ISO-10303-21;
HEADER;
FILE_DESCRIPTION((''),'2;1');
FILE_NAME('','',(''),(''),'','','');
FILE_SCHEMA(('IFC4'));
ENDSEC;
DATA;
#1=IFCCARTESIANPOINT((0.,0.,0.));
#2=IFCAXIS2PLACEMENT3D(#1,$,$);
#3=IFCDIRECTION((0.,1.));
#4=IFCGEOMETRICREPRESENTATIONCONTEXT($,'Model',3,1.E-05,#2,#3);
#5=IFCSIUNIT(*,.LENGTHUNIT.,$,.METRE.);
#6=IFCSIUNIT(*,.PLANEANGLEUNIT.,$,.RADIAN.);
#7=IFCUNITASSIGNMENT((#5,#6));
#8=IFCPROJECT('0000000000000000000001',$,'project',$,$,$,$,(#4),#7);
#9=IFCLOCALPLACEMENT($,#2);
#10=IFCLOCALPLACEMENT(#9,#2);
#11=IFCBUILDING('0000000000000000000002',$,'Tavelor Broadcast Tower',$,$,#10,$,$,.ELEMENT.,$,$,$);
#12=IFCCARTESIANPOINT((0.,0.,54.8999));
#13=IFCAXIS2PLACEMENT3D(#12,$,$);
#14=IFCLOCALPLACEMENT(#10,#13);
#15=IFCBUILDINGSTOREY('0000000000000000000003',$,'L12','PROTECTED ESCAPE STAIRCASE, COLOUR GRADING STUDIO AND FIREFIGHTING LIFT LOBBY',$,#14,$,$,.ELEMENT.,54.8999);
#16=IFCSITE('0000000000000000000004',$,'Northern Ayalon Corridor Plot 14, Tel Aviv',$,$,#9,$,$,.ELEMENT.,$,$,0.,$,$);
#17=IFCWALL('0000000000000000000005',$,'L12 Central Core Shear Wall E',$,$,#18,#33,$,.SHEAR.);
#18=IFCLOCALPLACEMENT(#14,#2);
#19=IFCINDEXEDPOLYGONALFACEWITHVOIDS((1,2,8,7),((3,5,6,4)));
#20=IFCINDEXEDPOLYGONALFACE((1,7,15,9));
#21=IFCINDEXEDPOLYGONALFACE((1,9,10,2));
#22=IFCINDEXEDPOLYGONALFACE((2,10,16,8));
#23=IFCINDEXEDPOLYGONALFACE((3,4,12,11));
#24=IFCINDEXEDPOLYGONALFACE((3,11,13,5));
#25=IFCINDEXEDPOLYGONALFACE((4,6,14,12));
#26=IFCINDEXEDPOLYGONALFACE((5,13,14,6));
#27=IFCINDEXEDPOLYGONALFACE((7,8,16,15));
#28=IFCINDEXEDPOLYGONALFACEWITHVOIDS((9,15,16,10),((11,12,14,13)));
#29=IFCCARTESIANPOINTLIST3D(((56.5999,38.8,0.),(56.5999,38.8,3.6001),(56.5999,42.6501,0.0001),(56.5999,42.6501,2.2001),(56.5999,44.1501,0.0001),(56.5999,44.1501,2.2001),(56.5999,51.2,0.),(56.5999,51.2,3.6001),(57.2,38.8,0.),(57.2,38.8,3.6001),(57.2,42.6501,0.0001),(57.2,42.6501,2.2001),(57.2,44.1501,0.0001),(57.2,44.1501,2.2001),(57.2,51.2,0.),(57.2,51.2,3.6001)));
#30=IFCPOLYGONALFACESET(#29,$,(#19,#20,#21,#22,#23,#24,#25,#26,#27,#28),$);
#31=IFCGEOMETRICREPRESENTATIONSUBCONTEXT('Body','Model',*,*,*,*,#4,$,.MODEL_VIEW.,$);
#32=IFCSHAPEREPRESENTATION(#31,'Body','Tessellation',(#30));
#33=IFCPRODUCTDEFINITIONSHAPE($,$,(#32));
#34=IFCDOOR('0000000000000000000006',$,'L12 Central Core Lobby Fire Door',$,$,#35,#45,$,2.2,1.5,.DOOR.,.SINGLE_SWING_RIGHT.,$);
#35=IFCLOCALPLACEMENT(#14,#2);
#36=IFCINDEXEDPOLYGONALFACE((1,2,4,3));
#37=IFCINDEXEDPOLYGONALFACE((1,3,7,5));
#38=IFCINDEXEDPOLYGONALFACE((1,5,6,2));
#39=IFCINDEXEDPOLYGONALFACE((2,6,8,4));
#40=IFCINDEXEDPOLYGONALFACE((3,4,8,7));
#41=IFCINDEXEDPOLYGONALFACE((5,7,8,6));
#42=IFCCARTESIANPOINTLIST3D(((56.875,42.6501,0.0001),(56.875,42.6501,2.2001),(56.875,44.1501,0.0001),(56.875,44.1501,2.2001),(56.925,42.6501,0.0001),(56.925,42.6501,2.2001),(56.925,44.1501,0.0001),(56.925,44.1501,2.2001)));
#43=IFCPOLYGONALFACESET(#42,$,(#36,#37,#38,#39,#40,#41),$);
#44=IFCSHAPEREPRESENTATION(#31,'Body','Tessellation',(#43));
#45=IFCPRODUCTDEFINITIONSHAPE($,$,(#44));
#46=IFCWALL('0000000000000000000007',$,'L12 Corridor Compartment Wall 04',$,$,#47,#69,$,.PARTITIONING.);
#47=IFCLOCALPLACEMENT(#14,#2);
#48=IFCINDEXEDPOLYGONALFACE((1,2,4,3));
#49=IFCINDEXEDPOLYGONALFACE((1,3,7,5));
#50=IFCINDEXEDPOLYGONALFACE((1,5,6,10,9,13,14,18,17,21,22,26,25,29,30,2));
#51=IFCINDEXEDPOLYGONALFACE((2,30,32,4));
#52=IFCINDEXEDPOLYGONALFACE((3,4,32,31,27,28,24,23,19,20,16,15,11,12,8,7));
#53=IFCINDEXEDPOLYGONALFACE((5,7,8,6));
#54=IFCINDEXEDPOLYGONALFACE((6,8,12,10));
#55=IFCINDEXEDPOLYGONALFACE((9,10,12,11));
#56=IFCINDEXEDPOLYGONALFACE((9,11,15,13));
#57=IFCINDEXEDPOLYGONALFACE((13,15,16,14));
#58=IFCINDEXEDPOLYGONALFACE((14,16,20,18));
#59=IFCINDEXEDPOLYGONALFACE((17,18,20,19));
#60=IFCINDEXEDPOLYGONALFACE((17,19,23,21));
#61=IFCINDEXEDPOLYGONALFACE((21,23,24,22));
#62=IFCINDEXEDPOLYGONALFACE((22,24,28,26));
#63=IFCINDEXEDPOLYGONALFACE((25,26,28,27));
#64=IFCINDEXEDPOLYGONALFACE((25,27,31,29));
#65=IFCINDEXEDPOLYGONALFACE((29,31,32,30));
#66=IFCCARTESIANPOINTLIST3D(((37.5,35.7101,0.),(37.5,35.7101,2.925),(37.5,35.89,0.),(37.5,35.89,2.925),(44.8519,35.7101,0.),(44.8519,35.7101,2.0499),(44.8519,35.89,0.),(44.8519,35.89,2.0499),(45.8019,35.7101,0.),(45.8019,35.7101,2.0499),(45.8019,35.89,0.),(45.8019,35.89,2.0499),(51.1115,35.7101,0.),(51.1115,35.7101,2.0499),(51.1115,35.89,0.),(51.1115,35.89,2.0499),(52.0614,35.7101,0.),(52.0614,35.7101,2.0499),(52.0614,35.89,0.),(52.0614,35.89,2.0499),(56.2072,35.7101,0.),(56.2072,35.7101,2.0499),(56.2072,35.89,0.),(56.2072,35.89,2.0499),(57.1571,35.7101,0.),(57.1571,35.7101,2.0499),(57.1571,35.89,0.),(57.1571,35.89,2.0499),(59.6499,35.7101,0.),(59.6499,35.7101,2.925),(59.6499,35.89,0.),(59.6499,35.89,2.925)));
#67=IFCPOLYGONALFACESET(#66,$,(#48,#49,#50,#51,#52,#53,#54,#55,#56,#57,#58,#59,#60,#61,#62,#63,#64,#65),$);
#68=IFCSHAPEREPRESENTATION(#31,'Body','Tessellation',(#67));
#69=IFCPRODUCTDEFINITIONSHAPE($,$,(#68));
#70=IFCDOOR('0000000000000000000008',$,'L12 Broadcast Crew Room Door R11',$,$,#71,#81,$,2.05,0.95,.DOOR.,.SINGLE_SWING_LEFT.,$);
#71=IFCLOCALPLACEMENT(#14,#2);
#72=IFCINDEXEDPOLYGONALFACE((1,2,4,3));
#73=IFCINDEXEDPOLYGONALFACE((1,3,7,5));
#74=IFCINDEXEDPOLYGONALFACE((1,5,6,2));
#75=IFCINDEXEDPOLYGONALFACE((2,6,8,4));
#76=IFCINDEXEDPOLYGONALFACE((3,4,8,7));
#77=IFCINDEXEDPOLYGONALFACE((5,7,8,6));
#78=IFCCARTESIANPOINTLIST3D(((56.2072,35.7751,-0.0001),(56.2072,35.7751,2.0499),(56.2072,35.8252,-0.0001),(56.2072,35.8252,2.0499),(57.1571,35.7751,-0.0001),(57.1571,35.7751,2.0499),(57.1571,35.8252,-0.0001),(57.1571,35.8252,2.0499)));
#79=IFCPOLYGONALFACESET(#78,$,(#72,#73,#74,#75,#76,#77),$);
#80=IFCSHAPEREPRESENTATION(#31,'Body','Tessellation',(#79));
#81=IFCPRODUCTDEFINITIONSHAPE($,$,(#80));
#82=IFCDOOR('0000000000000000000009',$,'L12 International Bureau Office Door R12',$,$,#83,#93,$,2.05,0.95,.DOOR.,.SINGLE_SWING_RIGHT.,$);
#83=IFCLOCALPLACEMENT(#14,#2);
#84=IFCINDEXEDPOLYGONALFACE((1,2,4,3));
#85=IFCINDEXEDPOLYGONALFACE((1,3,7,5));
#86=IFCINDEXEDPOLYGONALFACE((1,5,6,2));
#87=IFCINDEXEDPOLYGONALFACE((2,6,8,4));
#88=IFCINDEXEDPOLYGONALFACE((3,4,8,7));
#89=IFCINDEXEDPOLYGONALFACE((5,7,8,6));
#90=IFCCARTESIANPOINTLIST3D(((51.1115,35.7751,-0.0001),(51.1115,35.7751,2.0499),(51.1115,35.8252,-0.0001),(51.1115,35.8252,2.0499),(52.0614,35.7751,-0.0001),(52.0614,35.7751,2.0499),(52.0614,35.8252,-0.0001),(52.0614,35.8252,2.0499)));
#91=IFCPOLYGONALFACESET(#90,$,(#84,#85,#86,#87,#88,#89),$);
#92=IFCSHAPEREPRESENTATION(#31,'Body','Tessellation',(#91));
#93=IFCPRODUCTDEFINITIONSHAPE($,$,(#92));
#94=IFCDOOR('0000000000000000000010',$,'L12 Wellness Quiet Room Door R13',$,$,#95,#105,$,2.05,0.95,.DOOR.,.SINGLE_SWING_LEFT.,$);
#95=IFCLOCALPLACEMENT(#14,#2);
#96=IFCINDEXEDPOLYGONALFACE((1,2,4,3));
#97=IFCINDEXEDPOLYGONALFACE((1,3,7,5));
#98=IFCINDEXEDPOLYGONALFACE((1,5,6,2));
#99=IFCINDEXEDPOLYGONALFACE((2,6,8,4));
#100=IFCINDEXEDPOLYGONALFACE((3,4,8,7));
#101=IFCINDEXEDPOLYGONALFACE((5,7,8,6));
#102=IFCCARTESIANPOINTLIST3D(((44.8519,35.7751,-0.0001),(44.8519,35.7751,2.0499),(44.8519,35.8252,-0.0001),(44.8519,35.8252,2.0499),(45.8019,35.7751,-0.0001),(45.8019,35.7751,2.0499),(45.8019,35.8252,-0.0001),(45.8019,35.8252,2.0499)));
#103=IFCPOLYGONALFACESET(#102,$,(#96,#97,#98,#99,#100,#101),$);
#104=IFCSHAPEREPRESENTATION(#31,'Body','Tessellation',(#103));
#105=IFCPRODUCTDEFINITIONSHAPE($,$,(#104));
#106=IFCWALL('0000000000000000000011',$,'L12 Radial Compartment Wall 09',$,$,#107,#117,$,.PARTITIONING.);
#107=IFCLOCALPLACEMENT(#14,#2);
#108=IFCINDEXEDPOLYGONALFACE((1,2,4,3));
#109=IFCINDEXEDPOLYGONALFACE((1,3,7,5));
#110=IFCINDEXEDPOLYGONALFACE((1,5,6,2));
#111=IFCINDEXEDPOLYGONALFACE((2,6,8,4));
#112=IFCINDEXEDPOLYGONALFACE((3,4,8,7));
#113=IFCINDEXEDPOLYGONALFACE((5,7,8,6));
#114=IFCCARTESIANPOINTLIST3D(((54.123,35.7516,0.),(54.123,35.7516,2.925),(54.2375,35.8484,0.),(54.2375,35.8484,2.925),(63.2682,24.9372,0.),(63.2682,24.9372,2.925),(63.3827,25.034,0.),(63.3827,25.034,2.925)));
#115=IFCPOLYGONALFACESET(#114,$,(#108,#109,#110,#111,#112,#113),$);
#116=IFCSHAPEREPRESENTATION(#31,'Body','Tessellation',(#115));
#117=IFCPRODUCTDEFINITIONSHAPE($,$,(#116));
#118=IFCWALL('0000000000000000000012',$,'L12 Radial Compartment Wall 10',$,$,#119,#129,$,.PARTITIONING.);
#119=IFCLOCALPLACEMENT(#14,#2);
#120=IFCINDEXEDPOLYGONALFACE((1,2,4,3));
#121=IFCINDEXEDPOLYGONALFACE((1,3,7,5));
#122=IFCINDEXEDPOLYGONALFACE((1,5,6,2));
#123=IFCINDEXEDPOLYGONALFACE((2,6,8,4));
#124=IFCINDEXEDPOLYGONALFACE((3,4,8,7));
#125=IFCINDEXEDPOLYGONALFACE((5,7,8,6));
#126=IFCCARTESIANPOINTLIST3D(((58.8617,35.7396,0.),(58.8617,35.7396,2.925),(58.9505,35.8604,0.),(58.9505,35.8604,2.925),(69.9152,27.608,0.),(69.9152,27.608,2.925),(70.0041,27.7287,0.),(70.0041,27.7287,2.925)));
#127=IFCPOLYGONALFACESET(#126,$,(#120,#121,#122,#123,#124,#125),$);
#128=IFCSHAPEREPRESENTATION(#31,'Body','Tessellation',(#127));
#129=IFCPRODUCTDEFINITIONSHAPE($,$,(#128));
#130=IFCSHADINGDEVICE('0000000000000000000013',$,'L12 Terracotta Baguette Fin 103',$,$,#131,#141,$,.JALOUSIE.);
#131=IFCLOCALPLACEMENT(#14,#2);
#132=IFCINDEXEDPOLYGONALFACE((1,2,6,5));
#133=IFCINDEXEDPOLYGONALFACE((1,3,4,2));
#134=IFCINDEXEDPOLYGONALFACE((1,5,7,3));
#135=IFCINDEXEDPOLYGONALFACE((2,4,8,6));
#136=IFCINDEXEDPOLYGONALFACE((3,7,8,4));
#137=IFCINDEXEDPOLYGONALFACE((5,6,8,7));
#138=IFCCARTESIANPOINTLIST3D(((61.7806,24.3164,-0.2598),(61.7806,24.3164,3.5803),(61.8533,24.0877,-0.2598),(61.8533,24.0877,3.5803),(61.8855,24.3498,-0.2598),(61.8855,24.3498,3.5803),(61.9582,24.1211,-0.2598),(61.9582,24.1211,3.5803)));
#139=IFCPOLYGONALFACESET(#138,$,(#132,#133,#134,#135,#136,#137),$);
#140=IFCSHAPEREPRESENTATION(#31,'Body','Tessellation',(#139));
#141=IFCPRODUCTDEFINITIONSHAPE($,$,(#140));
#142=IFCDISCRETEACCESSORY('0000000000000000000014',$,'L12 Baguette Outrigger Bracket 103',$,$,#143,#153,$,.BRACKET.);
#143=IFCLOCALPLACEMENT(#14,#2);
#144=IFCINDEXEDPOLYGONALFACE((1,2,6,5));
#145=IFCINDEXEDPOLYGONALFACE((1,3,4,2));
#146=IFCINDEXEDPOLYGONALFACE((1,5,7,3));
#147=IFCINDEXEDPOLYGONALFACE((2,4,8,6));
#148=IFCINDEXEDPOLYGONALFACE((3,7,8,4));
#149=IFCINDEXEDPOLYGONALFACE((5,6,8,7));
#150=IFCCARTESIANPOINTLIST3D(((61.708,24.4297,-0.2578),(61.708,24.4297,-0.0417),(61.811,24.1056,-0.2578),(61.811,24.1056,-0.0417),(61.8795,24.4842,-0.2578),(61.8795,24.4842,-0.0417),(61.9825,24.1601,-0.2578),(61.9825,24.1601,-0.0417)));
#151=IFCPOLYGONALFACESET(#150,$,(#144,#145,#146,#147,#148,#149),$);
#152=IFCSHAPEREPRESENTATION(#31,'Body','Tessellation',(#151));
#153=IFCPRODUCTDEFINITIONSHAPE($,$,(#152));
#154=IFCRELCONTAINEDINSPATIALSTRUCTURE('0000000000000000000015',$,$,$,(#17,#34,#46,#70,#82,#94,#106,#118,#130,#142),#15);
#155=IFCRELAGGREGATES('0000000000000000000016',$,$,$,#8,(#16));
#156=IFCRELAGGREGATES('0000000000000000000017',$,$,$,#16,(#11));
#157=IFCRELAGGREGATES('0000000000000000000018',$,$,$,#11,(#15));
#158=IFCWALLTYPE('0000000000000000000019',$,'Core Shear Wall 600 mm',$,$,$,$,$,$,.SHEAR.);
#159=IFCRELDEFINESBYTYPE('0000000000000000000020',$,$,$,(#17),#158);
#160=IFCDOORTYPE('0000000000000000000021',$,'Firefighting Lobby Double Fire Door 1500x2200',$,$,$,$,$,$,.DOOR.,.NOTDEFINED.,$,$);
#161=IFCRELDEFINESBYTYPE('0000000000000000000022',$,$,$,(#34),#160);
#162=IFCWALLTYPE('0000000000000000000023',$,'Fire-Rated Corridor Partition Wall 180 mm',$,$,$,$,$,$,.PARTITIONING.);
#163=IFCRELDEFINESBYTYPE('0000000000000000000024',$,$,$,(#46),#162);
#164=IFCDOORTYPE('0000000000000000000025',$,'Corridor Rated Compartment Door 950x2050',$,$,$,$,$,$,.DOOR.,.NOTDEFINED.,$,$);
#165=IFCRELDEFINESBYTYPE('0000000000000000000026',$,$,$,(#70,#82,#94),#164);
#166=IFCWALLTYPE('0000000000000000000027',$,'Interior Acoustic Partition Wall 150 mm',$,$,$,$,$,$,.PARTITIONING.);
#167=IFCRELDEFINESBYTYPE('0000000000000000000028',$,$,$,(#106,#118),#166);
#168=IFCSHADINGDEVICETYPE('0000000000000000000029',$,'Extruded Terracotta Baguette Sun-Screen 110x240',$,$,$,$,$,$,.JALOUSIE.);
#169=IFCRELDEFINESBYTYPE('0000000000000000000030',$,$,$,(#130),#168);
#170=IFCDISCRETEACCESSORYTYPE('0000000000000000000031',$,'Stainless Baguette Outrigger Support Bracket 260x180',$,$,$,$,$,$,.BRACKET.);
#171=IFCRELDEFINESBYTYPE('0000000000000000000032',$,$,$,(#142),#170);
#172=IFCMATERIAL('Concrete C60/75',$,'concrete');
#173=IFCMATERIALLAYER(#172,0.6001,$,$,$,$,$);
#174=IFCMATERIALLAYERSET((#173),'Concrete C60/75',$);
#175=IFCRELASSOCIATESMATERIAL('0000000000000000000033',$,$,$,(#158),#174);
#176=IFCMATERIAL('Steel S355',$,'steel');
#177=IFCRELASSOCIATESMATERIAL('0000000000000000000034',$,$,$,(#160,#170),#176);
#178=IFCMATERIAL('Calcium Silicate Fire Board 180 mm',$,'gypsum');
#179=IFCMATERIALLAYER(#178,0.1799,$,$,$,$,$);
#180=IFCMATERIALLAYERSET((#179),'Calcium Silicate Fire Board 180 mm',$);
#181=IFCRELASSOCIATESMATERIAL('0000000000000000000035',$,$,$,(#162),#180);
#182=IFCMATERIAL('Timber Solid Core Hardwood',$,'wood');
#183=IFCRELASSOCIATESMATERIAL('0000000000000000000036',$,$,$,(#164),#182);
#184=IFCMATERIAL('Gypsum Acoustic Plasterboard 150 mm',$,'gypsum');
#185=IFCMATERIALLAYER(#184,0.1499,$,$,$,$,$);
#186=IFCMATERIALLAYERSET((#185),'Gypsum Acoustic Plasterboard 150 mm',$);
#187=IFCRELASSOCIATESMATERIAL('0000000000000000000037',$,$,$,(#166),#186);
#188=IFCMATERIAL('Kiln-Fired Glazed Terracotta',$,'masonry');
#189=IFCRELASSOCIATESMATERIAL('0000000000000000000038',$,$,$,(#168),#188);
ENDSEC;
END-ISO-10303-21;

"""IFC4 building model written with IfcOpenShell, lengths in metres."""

from ifc_helpers import new_model, si_unit, direction, frame, frame_2d, origin, origin_2d, place, context, subcontext, project, spatial, rectangle, extrude, source, transform, mapped, material, layer, layer_set, type_object, type_shapes, element, fill, save


model = new_model("IFC4")

# Units and contexts
model_context = context("Model", 3, precision=1e-05, world=origin(), true_north=direction((0.0, 1.0)))
body_context = subcontext(model_context, "Body", "Model", "MODEL_VIEW")
ifc_project = project(units=[si_unit("LENGTHUNIT", "METRE"), si_unit("PLANEANGLEUNIT", "RADIAN")], contexts=[model_context])

# Site, building, storey
site_placement = place(None, origin())
site = spatial("IfcSite", under=ifc_project, at=site_placement, Name="Northern Ayalon Corridor Plot 14, Tel Aviv", CompositionType="ELEMENT", RefElevation=0.0)
building_placement = place(site_placement, origin())
building = spatial("IfcBuilding", under=site, at=building_placement, Name="Tavelor Broadcast Tower", CompositionType="ELEMENT")
storey_placement = place(building_placement, frame((0.0, 0.0, 54.8999)))
storey = spatial("IfcBuildingStorey", under=building, at=storey_placement, Name="L12", Description="PROTECTED ESCAPE STAIRCASE, COLOUR GRADING STUDIO AND FIREFIGHTING LIFT LOBBY", CompositionType="ELEMENT", Elevation=54.8999)

# Shared definitions
ifc_material_1 = material(Name="Concrete C60/75", Category="concrete")

# Shared definitions
ifc_material_2 = material(Name="Steel S355", Category="steel")

# Wall, opening, door
ifc_layer_1 = layer(ifc_material_1, 0.6001)
ifc_layer_set_1 = layer_set([ifc_layer_1], Name="Concrete C60/75")
wall_type_1 = type_object("IfcWallType", Name="Core Shear Wall 600 mm", PredefinedType="SHEAR", material=ifc_layer_set_1)
wall_1_placement = place(storey_placement, frame((56.8999, 38.8, 0.0), z_axis=(0.0, 0.0, 1.0), x_axis=(0.0, 1.0, 0.0)))
wall_1 = element("IfcWall", 1, at=wall_1_placement, inside=storey, type_object=wall_type_1, Name="L12 Central Core Shear Wall E", PredefinedType="SHEAR", context=body_context, shape_type="SweptSolid", body=[
    extrude(rectangle(XDim=12.3999, YDim=0.6001, at=frame_2d((6.2, 0.0))), origin(), (0.0, 0.0, 1.0), 3.6001),
])
opening_1_placement = place(wall_1_placement, frame((3.8501, 0.0, 0.0)))
opening_1 = element("IfcOpeningElement", 2, at=opening_1_placement, cuts=wall_1, PredefinedType="OPENING", context=body_context, shape_type="SweptSolid", body=[
    extrude(rectangle(XDim=1.5, YDim=2.2, at=frame_2d((0.75, 1.1001))), frame((0.0, 0.3101, 0.0), z_axis=(0.0, -1.0, 0.0), x_axis=(1.0, 0.0, 0.0)), (0.0, 0.0, 1.0), 0.6201),
])
door_type_1 = type_object("IfcDoorType", Name="Firefighting Lobby Double Fire Door 1500x2200", OperationType="NOTDEFINED", PredefinedType="DOOR", material=ifc_material_2)
door_1_placement = place(opening_1_placement, origin())
door_1 = element("IfcDoor", 3, at=door_1_placement, inside=storey, type_object=door_type_1, Name="L12 Central Core Lobby Fire Door", OperationType="SINGLE_SWING_RIGHT", OverallHeight=2.2, OverallWidth=1.5, PredefinedType="DOOR", context=body_context, shape_type="SweptSolid", body=[
    extrude(rectangle(XDim=1.5, YDim=2.2, at=frame_2d((0.75, 1.1001))), frame((0.0, 0.0249, 0.0), z_axis=(0.0, -1.0, 0.0), x_axis=(1.0, 0.0, 0.0)), (0.0, 0.0, 1.0), 0.05),
])
fill(opening_1, door_1)

# Wall, openings, doors
ifc_material_3 = material(Name="Calcium Silicate Fire Board 180 mm", Category="gypsum")
ifc_layer_2 = layer(ifc_material_3, 0.1799)
ifc_layer_set_2 = layer_set([ifc_layer_2], Name="Calcium Silicate Fire Board 180 mm")
wall_type_2 = type_object("IfcWallType", Name="Fire-Rated Corridor Partition Wall 180 mm", PredefinedType="PARTITIONING", material=ifc_layer_set_2)
wall_2_placement = place(storey_placement, frame((59.6499, 35.8, 0.0), z_axis=(0.0, 0.0, 1.0), x_axis=(-1.0, 0.0, 0.0)))
wall_2 = element("IfcWall", 4, at=wall_2_placement, inside=storey, type_object=wall_type_2, Name="L12 Corridor Compartment Wall 04", PredefinedType="PARTITIONING", context=body_context, shape_type="SweptSolid", body=[
    extrude(rectangle(XDim=22.1499, YDim=0.1799, at=frame_2d((11.075, 0.0))), origin(), (0.0, 0.0, 1.0), 2.925),
])
opening_2_placement = place(wall_2_placement, frame((2.4927, 0.0, 0.0)))
opening_2 = element("IfcOpeningElement", 5, at=opening_2_placement, cuts=wall_2, PredefinedType="OPENING", context=body_context, shape_type="SweptSolid", body=[
    extrude(rectangle(XDim=0.95, YDim=2.05, at=frame_2d((0.4751, 1.0249))), frame((0.0, 0.1001, 0.0), z_axis=(0.0, -1.0, 0.0), x_axis=(1.0, 0.0, 0.0)), (0.0, 0.0, 1.0), 0.2),
])
opening_3_placement = place(wall_2_placement, frame((7.5884, 0.0, 0.0)))
opening_3 = element("IfcOpeningElement", 6, at=opening_3_placement, cuts=wall_2, PredefinedType="OPENING", context=body_context, shape_type="SweptSolid", body=[
    extrude(rectangle(XDim=0.95, YDim=2.05, at=frame_2d((0.4751, 1.0249))), frame((0.0, 0.1001, 0.0), z_axis=(0.0, -1.0, 0.0), x_axis=(1.0, 0.0, 0.0)), (0.0, 0.0, 1.0), 0.2),
])
opening_4_placement = place(wall_2_placement, frame((13.8479, 0.0, 0.0)))
opening_4 = element("IfcOpeningElement", 7, at=opening_4_placement, cuts=wall_2, PredefinedType="OPENING", context=body_context, shape_type="SweptSolid", body=[
    extrude(rectangle(XDim=0.95, YDim=2.05, at=frame_2d((0.4751, 1.0249))), frame((0.0, 0.1001, 0.0), z_axis=(0.0, -1.0, 0.0), x_axis=(1.0, 0.0, 0.0)), (0.0, 0.0, 1.0), 0.2),
])
ifc_material_4 = material(Name="Timber Solid Core Hardwood", Category="wood")
door_type_2 = type_object("IfcDoorType", Name="Corridor Rated Compartment Door 950x2050", OperationType="NOTDEFINED", PredefinedType="DOOR", material=ifc_material_4)
door_2_placement = place(opening_2_placement, origin())
door_2 = element("IfcDoor", 8, at=door_2_placement, inside=storey, type_object=door_type_2, Name="L12 Broadcast Crew Room Door R11", OperationType="SINGLE_SWING_LEFT", OverallHeight=2.05, OverallWidth=0.95, PredefinedType="DOOR", context=body_context, shape_type="SweptSolid", body=[
    extrude(rectangle(XDim=0.95, YDim=2.05, at=frame_2d((0.4751, 1.0249))), frame((0.0, 0.0249, 0.0), z_axis=(0.0, -1.0, 0.0), x_axis=(1.0, 0.0, 0.0)), (0.0, 0.0, 1.0), 0.05),
])
fill(opening_2, door_2)
door_3_placement = place(opening_3_placement, origin())
door_3 = element("IfcDoor", 9, at=door_3_placement, inside=storey, type_object=door_type_2, Name="L12 International Bureau Office Door R12", OperationType="SINGLE_SWING_RIGHT", OverallHeight=2.05, OverallWidth=0.95, PredefinedType="DOOR", context=body_context, shape_type="SweptSolid", body=[
    extrude(rectangle(XDim=0.95, YDim=2.05, at=frame_2d((0.4751, 1.0249))), frame((0.0, 0.0249, 0.0), z_axis=(0.0, -1.0, 0.0), x_axis=(1.0, 0.0, 0.0)), (0.0, 0.0, 1.0), 0.05),
])
fill(opening_3, door_3)
door_4_placement = place(opening_4_placement, origin())
door_4 = element("IfcDoor", 10, at=door_4_placement, inside=storey, type_object=door_type_2, Name="L12 Wellness Quiet Room Door R13", OperationType="SINGLE_SWING_LEFT", OverallHeight=2.05, OverallWidth=0.95, PredefinedType="DOOR", context=body_context, shape_type="SweptSolid", body=[
    extrude(rectangle(XDim=0.95, YDim=2.05, at=frame_2d((0.4751, 1.0249))), frame((0.0, 0.0249, 0.0), z_axis=(0.0, -1.0, 0.0), x_axis=(1.0, 0.0, 0.0)), (0.0, 0.0, 1.0), 0.05),
])
fill(opening_4, door_4)

# Walls
ifc_material_5 = material(Name="Gypsum Acoustic Plasterboard 150 mm", Category="gypsum")
ifc_layer_3 = layer(ifc_material_5, 0.1499)
ifc_layer_set_3 = layer_set([ifc_layer_3], Name="Gypsum Acoustic Plasterboard 150 mm")
wall_type_3 = type_object("IfcWallType", Name="Interior Acoustic Partition Wall 150 mm", PredefinedType="PARTITIONING", material=ifc_layer_set_3)
wall_3_placement = place(storey_placement, frame((54.1802, 35.8, 0.0), z_axis=(0.0, 0.0, 1.0), x_axis=(0.645719, -0.763575, 0.0)))
element("IfcWall", 11, at=wall_3_placement, inside=storey, type_object=wall_type_3, Name="L12 Radial Compartment Wall 09", PredefinedType="PARTITIONING", context=body_context, shape_type="SweptSolid", body=[
    extrude(rectangle(XDim=14.1628, YDim=0.1499, at=frame_2d((7.0815, 0.0))), origin(), (0.0, 0.0, 1.0), 2.925),
])
wall_4_placement = place(storey_placement, frame((58.906, 35.8, 0.0), z_axis=(0.0, 0.0, 1.0), x_axis=(0.80551, -0.592582, 0.0)))
element("IfcWall", 12, at=wall_4_placement, inside=storey, type_object=wall_type_3, Name="L12 Radial Compartment Wall 10", PredefinedType="PARTITIONING", context=body_context, shape_type="SweptSolid", body=[
    extrude(rectangle(XDim=13.7224, YDim=0.1499, at=frame_2d((6.8613, 0.0))), origin(), (0.0, 0.0, 1.0), 2.925),
])

# Shading device
ifc_material_6 = material(Name="Kiln-Fired Glazed Terracotta", Category="masonry")
shading_device_type = type_object("IfcShadingDeviceType", Name="Extruded Terracotta Baguette Sun-Screen 110x240", PredefinedType="JALOUSIE", material=ifc_material_6)
shared_shape_1 = source(origin(), body_context, "Body", "SweptSolid", [
    extrude(rectangle(XDim=0.1101, YDim=0.24, at=origin_2d()), origin(), (0.0, 0.0, 1.0), 3.8401),
])
type_shapes(shading_device_type, [shared_shape_1])
shading_device_placement = place(storey_placement, frame((61.8694, 24.2188, -0.2598), z_axis=(0.0, 0.0, 1.0), x_axis=(0.953032, 0.302869, 0.0)))
element("IfcShadingDevice", 13, at=shading_device_placement, inside=storey, type_object=shading_device_type, Name="L12 Terracotta Baguette Fin 103", PredefinedType="JALOUSIE", context=body_context, shape_type="MappedRepresentation", body=[
    mapped(shared_shape_1, transform((0.0, 0.0, 0.0), scale=1.0)),
])

# Discrete accessory
discrete_accessory_type = type_object("IfcDiscreteAccessoryType", Name="Stainless Baguette Outrigger Support Bracket 260x180", PredefinedType="BRACKET", material=ifc_material_2)
shared_shape_2 = source(origin(), body_context, "Body", "SweptSolid", [
    extrude(rectangle(XDim=0.1799, YDim=0.3401, at=origin_2d()), origin(), (0.0, 0.0, 1.0), 0.2161),
])
type_shapes(discrete_accessory_type, [shared_shape_2])
discrete_accessory_placement = place(storey_placement, frame((61.8452, 24.2949, -0.2578), z_axis=(0.0, 0.0, 1.0), x_axis=(0.953032, 0.302869, 0.0)))
element("IfcDiscreteAccessory", 14, at=discrete_accessory_placement, inside=storey, type_object=discrete_accessory_type, Name="L12 Baguette Outrigger Bracket 103", PredefinedType="BRACKET", context=body_context, shape_type="MappedRepresentation", body=[
    mapped(shared_shape_2, transform((0.0, 0.0, 0.0), scale=1.0)),
])

save(model, "model.ifc")
